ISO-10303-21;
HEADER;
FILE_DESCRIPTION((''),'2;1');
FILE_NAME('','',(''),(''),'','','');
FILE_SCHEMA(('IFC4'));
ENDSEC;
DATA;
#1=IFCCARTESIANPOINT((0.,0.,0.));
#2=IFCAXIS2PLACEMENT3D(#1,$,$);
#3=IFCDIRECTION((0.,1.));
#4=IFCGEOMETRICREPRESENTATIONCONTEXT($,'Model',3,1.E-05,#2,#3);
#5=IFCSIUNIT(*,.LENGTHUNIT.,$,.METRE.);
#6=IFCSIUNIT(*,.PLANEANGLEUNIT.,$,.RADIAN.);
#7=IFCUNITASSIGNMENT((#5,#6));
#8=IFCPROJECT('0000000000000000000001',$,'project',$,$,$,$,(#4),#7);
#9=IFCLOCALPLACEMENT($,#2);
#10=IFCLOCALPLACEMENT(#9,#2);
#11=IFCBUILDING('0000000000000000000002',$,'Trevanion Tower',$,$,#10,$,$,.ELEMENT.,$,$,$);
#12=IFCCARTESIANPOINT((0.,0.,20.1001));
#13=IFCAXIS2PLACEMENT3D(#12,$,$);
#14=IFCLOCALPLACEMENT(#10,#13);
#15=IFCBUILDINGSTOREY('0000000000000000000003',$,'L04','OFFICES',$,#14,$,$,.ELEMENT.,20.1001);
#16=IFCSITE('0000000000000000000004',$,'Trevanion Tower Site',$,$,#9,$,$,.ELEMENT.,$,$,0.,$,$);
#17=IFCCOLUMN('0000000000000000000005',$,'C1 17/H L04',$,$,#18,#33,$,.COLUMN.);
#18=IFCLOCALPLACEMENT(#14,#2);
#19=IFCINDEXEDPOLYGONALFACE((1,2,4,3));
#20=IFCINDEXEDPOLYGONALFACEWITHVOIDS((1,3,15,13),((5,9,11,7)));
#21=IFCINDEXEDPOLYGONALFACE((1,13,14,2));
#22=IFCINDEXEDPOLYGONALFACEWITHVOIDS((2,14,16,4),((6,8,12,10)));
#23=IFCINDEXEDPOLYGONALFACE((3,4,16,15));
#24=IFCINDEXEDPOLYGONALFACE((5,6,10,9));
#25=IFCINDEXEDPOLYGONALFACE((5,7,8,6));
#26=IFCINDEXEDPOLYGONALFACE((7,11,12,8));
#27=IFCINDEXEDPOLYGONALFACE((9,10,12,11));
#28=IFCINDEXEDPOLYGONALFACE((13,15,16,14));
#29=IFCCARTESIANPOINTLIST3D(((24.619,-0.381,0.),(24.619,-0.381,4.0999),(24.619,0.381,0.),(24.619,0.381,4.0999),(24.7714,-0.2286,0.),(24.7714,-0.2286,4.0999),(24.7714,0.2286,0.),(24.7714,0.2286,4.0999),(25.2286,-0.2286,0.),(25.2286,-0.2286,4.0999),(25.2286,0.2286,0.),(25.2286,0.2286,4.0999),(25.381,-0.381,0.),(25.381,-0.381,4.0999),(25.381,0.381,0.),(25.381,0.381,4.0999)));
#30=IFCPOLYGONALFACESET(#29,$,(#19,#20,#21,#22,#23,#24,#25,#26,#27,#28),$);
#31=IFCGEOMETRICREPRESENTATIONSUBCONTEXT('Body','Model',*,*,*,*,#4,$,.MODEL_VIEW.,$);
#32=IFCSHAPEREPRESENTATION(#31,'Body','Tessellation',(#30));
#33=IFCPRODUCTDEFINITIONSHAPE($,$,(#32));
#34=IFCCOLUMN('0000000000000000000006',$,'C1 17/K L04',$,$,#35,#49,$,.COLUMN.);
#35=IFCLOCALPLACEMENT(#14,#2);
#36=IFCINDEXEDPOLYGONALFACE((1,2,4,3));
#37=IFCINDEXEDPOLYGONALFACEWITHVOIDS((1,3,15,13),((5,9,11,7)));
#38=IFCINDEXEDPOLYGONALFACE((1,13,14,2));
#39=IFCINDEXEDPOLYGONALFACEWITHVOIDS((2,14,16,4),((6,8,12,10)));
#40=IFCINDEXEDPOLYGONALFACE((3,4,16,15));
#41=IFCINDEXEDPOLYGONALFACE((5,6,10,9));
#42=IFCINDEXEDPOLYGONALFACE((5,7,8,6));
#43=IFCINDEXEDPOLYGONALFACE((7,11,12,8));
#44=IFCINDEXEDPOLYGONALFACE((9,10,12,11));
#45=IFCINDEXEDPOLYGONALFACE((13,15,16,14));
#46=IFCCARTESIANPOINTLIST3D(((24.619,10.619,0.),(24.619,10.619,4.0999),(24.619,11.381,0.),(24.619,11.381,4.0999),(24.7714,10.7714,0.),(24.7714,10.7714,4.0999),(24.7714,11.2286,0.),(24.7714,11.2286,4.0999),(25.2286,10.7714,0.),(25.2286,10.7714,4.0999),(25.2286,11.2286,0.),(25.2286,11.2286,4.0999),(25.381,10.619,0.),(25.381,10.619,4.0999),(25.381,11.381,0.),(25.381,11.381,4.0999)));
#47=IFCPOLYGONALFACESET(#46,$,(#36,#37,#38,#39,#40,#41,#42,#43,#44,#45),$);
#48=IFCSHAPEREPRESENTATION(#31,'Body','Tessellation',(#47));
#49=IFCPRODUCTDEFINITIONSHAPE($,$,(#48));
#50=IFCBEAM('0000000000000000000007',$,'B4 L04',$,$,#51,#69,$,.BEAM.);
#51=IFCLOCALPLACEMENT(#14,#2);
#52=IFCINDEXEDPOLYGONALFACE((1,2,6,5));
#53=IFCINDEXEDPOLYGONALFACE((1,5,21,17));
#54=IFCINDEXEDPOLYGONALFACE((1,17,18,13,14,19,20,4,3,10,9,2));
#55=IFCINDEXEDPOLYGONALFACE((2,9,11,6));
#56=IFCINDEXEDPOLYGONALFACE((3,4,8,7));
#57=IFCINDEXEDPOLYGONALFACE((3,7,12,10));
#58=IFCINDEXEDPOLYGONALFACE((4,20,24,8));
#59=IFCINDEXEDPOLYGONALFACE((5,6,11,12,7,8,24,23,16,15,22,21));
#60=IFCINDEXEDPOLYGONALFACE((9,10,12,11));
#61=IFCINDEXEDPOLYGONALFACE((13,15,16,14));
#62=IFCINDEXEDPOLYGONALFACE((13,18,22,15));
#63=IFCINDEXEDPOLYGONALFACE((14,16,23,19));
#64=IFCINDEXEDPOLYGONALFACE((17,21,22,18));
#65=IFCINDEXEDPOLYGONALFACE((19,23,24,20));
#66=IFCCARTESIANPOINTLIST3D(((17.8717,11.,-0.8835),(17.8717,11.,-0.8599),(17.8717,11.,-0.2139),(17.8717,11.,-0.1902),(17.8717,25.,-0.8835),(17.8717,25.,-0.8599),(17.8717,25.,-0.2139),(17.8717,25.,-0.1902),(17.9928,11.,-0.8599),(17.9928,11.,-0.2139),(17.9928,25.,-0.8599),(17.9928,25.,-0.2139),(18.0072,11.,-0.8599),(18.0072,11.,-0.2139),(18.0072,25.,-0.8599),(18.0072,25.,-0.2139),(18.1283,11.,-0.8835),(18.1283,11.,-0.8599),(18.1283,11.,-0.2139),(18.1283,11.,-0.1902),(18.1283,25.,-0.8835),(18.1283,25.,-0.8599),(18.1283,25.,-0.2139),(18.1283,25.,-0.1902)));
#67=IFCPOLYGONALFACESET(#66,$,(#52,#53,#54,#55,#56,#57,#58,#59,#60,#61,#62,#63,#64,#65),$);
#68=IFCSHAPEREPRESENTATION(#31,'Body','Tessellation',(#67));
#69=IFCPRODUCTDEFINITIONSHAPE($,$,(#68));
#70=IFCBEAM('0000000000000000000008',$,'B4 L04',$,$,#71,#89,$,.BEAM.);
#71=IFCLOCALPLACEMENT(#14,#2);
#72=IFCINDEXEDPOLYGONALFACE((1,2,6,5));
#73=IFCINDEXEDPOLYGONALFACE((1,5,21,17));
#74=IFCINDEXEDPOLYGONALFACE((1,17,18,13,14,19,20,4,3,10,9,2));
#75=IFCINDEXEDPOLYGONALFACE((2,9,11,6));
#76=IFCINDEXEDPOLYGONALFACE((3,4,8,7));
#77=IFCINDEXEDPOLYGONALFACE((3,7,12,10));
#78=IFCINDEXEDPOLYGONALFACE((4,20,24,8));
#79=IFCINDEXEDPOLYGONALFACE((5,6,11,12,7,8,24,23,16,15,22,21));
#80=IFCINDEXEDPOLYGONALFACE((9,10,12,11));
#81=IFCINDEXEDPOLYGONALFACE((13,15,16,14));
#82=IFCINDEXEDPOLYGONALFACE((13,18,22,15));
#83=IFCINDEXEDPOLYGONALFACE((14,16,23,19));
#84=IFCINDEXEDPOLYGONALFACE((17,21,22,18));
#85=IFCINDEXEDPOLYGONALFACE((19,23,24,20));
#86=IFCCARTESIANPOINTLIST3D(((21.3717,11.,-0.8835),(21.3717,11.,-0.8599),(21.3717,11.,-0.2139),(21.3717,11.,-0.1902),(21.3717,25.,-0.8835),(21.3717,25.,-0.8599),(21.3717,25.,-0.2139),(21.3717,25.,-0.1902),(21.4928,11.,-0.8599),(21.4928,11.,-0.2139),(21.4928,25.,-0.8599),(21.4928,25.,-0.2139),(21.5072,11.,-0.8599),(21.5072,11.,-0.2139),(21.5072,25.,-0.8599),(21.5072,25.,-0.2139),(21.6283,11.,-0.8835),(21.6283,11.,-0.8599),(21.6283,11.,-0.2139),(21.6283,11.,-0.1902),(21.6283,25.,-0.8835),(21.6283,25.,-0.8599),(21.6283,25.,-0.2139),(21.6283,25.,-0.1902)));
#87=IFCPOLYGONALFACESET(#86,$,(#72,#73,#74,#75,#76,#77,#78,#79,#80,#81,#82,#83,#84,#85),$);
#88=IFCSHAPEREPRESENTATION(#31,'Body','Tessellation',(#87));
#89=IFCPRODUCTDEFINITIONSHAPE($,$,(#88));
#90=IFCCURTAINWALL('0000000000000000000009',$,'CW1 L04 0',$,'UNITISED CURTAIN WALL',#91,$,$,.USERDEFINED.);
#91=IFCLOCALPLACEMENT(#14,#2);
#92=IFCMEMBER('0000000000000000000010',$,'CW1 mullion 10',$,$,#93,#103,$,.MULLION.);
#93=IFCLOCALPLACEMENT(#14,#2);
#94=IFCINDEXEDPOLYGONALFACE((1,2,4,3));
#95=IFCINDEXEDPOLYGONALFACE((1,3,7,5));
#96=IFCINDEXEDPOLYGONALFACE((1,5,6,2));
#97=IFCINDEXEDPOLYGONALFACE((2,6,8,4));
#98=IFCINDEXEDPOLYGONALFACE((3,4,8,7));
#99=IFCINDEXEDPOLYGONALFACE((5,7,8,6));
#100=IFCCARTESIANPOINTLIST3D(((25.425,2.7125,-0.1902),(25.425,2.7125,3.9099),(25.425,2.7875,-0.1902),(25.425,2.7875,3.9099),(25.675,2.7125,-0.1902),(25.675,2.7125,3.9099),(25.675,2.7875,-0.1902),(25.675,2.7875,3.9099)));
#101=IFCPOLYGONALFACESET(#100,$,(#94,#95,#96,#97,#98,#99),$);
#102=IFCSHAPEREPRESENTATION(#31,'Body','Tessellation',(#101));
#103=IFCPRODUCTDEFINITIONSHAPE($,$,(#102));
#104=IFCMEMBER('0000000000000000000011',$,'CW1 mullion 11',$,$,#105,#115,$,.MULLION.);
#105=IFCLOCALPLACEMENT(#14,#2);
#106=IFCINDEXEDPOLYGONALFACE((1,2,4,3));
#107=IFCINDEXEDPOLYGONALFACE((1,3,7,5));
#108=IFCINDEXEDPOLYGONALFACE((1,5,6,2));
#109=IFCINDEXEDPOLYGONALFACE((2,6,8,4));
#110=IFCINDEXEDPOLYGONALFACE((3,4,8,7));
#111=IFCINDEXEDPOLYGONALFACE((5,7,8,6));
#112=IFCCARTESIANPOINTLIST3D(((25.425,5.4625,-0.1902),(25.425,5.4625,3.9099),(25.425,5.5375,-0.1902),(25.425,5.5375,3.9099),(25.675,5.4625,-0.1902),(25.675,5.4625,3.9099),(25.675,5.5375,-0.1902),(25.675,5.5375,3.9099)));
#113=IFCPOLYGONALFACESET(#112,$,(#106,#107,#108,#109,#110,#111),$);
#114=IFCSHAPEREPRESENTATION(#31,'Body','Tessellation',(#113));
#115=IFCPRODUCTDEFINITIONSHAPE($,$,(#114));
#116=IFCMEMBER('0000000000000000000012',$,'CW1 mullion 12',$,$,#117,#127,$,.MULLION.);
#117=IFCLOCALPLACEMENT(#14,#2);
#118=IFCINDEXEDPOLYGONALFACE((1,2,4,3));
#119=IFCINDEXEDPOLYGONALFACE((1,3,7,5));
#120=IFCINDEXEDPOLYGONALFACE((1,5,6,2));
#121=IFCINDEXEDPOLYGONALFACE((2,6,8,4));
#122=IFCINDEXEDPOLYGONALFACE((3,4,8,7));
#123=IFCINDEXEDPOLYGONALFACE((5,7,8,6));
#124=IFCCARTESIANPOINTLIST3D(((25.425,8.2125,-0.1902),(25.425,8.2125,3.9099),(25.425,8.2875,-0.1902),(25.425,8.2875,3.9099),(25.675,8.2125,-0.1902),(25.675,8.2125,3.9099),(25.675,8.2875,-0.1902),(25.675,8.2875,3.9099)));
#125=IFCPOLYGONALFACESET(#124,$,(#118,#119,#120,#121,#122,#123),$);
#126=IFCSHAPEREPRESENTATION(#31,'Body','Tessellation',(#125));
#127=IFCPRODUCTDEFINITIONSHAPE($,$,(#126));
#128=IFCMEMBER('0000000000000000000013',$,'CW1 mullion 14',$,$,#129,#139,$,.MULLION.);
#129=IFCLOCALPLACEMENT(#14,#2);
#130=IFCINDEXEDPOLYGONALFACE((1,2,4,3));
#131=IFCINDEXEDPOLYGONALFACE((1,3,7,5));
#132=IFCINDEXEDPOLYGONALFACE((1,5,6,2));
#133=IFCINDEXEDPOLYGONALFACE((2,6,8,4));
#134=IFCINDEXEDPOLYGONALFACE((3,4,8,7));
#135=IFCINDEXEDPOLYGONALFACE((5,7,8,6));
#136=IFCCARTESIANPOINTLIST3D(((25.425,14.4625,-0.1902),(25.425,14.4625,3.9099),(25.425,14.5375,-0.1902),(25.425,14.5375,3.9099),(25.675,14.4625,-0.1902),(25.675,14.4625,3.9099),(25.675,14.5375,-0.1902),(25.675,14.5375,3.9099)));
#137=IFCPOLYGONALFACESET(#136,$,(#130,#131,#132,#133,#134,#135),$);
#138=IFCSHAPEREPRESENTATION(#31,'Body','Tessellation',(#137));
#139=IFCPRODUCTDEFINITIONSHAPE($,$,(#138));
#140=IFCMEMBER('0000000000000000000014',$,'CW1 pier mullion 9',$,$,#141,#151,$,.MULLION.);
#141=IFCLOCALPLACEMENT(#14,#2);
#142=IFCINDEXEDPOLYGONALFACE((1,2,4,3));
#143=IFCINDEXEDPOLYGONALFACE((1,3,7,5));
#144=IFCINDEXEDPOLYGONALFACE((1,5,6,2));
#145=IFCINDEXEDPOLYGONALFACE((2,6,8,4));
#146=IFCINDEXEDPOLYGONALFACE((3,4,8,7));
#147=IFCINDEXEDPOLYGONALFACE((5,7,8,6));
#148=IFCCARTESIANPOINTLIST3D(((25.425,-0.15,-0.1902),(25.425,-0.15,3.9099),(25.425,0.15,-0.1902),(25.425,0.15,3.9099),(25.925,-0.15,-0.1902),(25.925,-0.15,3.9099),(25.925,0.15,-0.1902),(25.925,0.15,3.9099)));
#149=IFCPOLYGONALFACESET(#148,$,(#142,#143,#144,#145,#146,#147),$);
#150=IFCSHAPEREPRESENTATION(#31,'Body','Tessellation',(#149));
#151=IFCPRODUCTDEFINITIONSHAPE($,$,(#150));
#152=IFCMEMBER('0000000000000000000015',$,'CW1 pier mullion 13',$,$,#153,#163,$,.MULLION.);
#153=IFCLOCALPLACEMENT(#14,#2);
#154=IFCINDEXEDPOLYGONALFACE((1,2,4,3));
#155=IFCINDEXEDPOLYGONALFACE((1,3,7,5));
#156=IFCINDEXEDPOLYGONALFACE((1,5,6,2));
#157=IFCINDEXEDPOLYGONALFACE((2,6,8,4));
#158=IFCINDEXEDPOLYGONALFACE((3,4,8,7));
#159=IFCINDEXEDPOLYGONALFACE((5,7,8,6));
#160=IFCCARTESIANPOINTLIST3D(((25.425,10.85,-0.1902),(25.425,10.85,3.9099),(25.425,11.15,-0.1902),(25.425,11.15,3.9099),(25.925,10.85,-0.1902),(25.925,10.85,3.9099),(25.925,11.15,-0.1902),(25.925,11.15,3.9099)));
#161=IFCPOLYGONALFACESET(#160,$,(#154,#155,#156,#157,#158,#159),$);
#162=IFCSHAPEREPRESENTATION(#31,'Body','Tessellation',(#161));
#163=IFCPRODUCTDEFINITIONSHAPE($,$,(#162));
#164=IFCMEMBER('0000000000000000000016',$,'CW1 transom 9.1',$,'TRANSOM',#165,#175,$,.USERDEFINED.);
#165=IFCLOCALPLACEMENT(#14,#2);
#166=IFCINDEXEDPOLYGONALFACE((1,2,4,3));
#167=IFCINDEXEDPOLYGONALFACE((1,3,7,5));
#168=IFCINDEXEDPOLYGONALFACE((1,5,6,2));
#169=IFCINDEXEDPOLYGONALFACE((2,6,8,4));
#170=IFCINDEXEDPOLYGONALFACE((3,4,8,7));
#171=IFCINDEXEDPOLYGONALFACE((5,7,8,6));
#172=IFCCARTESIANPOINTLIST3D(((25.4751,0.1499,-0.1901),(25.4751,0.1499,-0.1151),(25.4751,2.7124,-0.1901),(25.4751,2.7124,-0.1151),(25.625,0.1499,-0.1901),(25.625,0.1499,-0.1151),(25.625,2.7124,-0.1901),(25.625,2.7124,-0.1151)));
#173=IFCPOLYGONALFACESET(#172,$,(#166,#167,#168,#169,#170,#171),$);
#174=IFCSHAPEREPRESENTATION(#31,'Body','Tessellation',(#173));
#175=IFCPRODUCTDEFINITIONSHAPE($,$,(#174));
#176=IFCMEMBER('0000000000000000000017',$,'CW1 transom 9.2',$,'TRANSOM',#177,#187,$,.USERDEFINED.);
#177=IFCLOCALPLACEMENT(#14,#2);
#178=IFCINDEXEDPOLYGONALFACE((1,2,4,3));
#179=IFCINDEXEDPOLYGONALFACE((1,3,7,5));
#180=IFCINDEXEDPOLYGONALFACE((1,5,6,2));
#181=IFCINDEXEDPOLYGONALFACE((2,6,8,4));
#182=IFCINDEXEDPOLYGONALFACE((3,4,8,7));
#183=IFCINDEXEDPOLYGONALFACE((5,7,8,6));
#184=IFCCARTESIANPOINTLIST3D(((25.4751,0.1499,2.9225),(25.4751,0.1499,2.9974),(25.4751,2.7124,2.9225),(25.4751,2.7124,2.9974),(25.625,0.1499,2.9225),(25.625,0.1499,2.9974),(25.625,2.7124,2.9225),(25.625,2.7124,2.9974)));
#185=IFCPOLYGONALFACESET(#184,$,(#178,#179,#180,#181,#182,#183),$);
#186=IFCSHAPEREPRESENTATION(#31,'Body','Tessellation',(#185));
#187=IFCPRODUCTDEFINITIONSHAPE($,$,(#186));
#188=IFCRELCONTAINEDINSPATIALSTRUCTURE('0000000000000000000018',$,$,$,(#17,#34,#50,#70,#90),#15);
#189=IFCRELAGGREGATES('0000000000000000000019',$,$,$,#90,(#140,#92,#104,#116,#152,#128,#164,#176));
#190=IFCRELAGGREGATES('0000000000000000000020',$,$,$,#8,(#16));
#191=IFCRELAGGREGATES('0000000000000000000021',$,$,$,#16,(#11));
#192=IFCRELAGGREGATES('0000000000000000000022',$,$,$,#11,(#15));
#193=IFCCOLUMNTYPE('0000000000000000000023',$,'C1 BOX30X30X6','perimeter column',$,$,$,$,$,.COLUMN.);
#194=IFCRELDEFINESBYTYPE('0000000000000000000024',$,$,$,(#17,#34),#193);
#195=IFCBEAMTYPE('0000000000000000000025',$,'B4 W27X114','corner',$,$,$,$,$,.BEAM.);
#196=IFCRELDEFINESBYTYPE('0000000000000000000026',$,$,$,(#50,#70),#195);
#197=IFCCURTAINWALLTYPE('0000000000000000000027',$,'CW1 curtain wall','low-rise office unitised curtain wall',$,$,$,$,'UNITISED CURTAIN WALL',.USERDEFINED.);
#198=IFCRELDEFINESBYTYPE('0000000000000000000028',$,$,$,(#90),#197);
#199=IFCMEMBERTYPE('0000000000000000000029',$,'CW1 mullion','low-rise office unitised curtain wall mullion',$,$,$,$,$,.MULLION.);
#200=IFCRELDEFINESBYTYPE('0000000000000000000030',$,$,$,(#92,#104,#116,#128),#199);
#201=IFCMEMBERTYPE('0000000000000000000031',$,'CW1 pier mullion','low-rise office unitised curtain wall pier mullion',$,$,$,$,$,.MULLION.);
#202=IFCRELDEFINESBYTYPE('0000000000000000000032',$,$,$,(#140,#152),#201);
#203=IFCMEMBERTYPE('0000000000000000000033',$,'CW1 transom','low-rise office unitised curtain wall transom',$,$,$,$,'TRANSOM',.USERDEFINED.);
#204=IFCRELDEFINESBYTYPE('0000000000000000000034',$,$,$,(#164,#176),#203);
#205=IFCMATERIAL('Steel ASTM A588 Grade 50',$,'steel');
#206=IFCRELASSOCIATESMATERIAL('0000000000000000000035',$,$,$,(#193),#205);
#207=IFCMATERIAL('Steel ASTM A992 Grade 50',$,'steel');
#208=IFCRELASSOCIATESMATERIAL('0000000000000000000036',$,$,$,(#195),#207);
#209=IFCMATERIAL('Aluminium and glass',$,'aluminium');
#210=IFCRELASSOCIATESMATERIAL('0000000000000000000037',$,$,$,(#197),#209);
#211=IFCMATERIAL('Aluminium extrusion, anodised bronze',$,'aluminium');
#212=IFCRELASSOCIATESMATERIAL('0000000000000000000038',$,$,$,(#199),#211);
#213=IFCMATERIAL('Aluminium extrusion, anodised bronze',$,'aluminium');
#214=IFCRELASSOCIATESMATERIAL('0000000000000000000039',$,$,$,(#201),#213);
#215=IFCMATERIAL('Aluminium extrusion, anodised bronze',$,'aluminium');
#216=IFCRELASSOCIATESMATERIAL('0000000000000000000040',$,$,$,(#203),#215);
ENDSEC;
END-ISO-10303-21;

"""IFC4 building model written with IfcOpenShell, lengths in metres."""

from ifc_helpers import new_model, si_unit, direction, frame, origin, origin_2d, place, context, subcontext, project, spatial, rectangle, hollow_rectangle, i_section, extrude, material, material_profile, profile_set, type_object, element, aggregate, save


model = new_model("IFC4")

# Units and contexts
model_context = context("Model", 3, precision=1e-05, world=origin(), true_north=direction((0.0, 1.0)))
body_context = subcontext(model_context, "Body", "Model", "MODEL_VIEW")
ifc_project = project(units=[si_unit("LENGTHUNIT", "METRE"), si_unit("PLANEANGLEUNIT", "RADIAN")], contexts=[model_context])

# Site, building, storey
site_placement = place(None, origin())
site = spatial("IfcSite", under=ifc_project, at=site_placement, Name="Trevanion Tower Site", CompositionType="ELEMENT", RefElevation=0.0)
building_placement = place(site_placement, origin())
building = spatial("IfcBuilding", under=site, at=building_placement, Name="Trevanion Tower", CompositionType="ELEMENT")
storey_placement = place(building_placement, frame((0.0, 0.0, 20.1001)))
storey = spatial("IfcBuildingStorey", under=building, at=storey_placement, Name="L04", Description="OFFICES", CompositionType="ELEMENT", Elevation=20.1001)

# Columns
ifc_material_1 = material(Name="Steel ASTM A588 Grade 50", Category="steel")
ifc_material_profile_1 = material_profile(ifc_material_1, hollow_rectangle(XDim=0.762, YDim=0.762, WallThickness=0.1523, at=origin_2d()), Name="BOX30X30X6")
ifc_profile_set_1 = profile_set([ifc_material_profile_1], Name="Steel ASTM A588 Grade 50")
column_type = type_object("IfcColumnType", Name="C1 BOX30X30X6", Description="perimeter column", PredefinedType="COLUMN", material=ifc_profile_set_1)
for number, where, z_axis, x_axis, name in (
    (1, (25.0, 0.0, 0.0), (0.0, 0.0, 1.0), (0.0, 1.0, 0.0), "C1 17/H L04"),
    (2, (25.0, 11.0, 0.0), (0.0, 0.0, 1.0), (0.0, 1.0, 0.0), "C1 17/K L04"),
):
    element("IfcColumn", number, at=place(storey_placement, frame(where, z_axis=z_axis, x_axis=x_axis)), inside=storey, type_object=column_type, Name=name, PredefinedType="COLUMN", context=body_context, shape_type="SweptSolid", body=[
        extrude(hollow_rectangle(XDim=0.762, YDim=0.762, WallThickness=0.1523, at=origin_2d()), origin(), (0.0, 0.0, 1.0), 4.0999),
    ])

# Beams
ifc_material_2 = material(Name="Steel ASTM A992 Grade 50", Category="steel")
ifc_material_profile_2 = material_profile(ifc_material_2, i_section(OverallWidth=0.2566, OverallDepth=0.6934, WebThickness=0.0144, FlangeThickness=0.0237, at=origin_2d()), Name="W27X114")
ifc_profile_set_2 = profile_set([ifc_material_profile_2], Name="Steel ASTM A992 Grade 50")
beam_type_1 = type_object("IfcBeamType", Name="B4 W27X114", Description="corner", PredefinedType="BEAM", material=ifc_profile_set_2)
for number, where, z_axis, x_axis, name in (
    (3, (18.0, 11.0, -0.5369), (0.0, 1.0, 0.0), (-1.0, 0.0, 0.0), "B4 L04"),
    (4, (21.5, 11.0, -0.5369), (0.0, 1.0, 0.0), (-1.0, 0.0, 0.0), "B4 L04"),
):
    element("IfcBeam", number, at=place(storey_placement, frame(where, z_axis=z_axis, x_axis=x_axis)), inside=storey, type_object=beam_type_1, Name=name, PredefinedType="BEAM", context=body_context, shape_type="SweptSolid", body=[
        extrude(i_section(OverallWidth=0.2566, OverallDepth=0.6934, WebThickness=0.0144, FlangeThickness=0.0237, at=origin_2d()), origin(), (0.0, 0.0, 1.0), 14.0),
    ])

# Curtain wall, members
ifc_material_3 = material(Name="Aluminium and glass", Category="aluminium")
curtain_wall_type = type_object("IfcCurtainWallType", Name="CW1 curtain wall", Description="low-rise office unitised curtain wall", ElementType="UNITISED CURTAIN WALL", PredefinedType="USERDEFINED", material=ifc_material_3)
curtain_wall_placement = place(storey_placement, origin())
curtain_wall = element("IfcCurtainWall", 5, at=curtain_wall_placement, inside=storey, type_object=curtain_wall_type, Name="CW1 L04 0", ObjectType="UNITISED CURTAIN WALL", PredefinedType="USERDEFINED")
ifc_material_4 = material(Name="Aluminium extrusion, anodised bronze", Category="aluminium")
ifc_material_profile_3 = material_profile(ifc_material_4, rectangle(XDim=0.075, YDim=0.25, at=origin_2d()), Name="CW1 mullion")
ifc_profile_set_3 = profile_set([ifc_material_profile_3], Name="Aluminium extrusion, anodised bronze")
member_type_1 = type_object("IfcMemberType", Name="CW1 mullion", Description="low-rise office unitised curtain wall mullion", PredefinedType="MULLION", material=ifc_profile_set_3)
member_1_placement = place(storey_placement, frame((25.55, 2.75, -0.1902), z_axis=(0.0, 0.0, 1.0), x_axis=(0.0, 1.0, 0.0)))
member_1 = element("IfcMember", 6, at=member_1_placement, type_object=member_type_1, Name="CW1 mullion 10", PredefinedType="MULLION", context=body_context, shape_type="SweptSolid", body=[
    extrude(rectangle(XDim=0.075, YDim=0.25, at=origin_2d()), origin(), (0.0, 0.0, 1.0), 4.1001),
])
member_2_placement = place(storey_placement, frame((25.55, 5.5, -0.1902), z_axis=(0.0, 0.0, 1.0), x_axis=(0.0, 1.0, 0.0)))
member_2 = element("IfcMember", 7, at=member_2_placement, type_object=member_type_1, Name="CW1 mullion 11", PredefinedType="MULLION", context=body_context, shape_type="SweptSolid", body=[
    extrude(rectangle(XDim=0.075, YDim=0.25, at=origin_2d()), origin(), (0.0, 0.0, 1.0), 4.1001),
])
member_3_placement = place(storey_placement, frame((25.55, 8.25, -0.1902), z_axis=(0.0, 0.0, 1.0), x_axis=(0.0, 1.0, 0.0)))
member_3 = element("IfcMember", 8, at=member_3_placement, type_object=member_type_1, Name="CW1 mullion 12", PredefinedType="MULLION", context=body_context, shape_type="SweptSolid", body=[
    extrude(rectangle(XDim=0.075, YDim=0.25, at=origin_2d()), origin(), (0.0, 0.0, 1.0), 4.1001),
])
member_4_placement = place(storey_placement, frame((25.55, 14.5, -0.1902), z_axis=(0.0, 0.0, 1.0), x_axis=(0.0, 1.0, 0.0)))
member_4 = element("IfcMember", 9, at=member_4_placement, type_object=member_type_1, Name="CW1 mullion 14", PredefinedType="MULLION", context=body_context, shape_type="SweptSolid", body=[
    extrude(rectangle(XDim=0.075, YDim=0.25, at=origin_2d()), origin(), (0.0, 0.0, 1.0), 4.1001),
])
ifc_material_5 = material(Name="Aluminium extrusion, anodised bronze", Category="aluminium")
ifc_material_profile_4 = material_profile(ifc_material_5, rectangle(XDim=0.3, YDim=0.5, at=origin_2d()), Name="CW1 pier mullion")
ifc_profile_set_4 = profile_set([ifc_material_profile_4], Name="Aluminium extrusion, anodised bronze")
member_type_2 = type_object("IfcMemberType", Name="CW1 pier mullion", Description="low-rise office unitised curtain wall pier mullion", PredefinedType="MULLION", material=ifc_profile_set_4)
member_5_placement = place(storey_placement, frame((25.675, 0.0, -0.1902), z_axis=(0.0, 0.0, 1.0), x_axis=(0.0, 1.0, 0.0)))
member_5 = element("IfcMember", 10, at=member_5_placement, type_object=member_type_2, Name="CW1 pier mullion 9", PredefinedType="MULLION", context=body_context, shape_type="SweptSolid", body=[
    extrude(rectangle(XDim=0.3, YDim=0.5, at=origin_2d()), origin(), (0.0, 0.0, 1.0), 4.1001),
])
member_6_placement = place(storey_placement, frame((25.675, 11.0, -0.1902), z_axis=(0.0, 0.0, 1.0), x_axis=(0.0, 1.0, 0.0)))
member_6 = element("IfcMember", 11, at=member_6_placement, type_object=member_type_2, Name="CW1 pier mullion 13", PredefinedType="MULLION", context=body_context, shape_type="SweptSolid", body=[
    extrude(rectangle(XDim=0.3, YDim=0.5, at=origin_2d()), origin(), (0.0, 0.0, 1.0), 4.1001),
])
ifc_material_6 = material(Name="Aluminium extrusion, anodised bronze", Category="aluminium")
ifc_material_profile_5 = material_profile(ifc_material_6, rectangle(XDim=0.1499, YDim=0.075, at=origin_2d()), Name="CW1 transom")
ifc_profile_set_5 = profile_set([ifc_material_profile_5], Name="Aluminium extrusion, anodised bronze")
member_type_3 = type_object("IfcMemberType", Name="CW1 transom", Description="low-rise office unitised curtain wall transom", ElementType="TRANSOM", PredefinedType="USERDEFINED", material=ifc_profile_set_5)
member_7_placement = place(storey_placement, frame((25.55, 0.1499, -0.1526), z_axis=(0.0, 1.0, 0.0), x_axis=(-1.0, 0.0, 0.0)))
member_7 = element("IfcMember", 12, at=member_7_placement, type_object=member_type_3, Name="CW1 transom 9.1", ObjectType="TRANSOM", PredefinedType="USERDEFINED", context=body_context, shape_type="SweptSolid", body=[
    extrude(rectangle(XDim=0.1499, YDim=0.075, at=origin_2d()), origin(), (0.0, 0.0, 1.0), 2.5625),
])
member_8_placement = place(storey_placement, frame((25.55, 0.1499, 2.96), z_axis=(0.0, 1.0, 0.0), x_axis=(-1.0, 0.0, 0.0)))
member_8 = element("IfcMember", 13, at=member_8_placement, type_object=member_type_3, Name="CW1 transom 9.2", ObjectType="TRANSOM", PredefinedType="USERDEFINED", context=body_context, shape_type="SweptSolid", body=[
    extrude(rectangle(XDim=0.1499, YDim=0.075, at=origin_2d()), origin(), (0.0, 0.0, 1.0), 2.5625),
])

aggregate(curtain_wall, [member_5, member_1, member_2, member_3, member_6, member_4, member_7, member_8])

save(model, "model.ifc")
